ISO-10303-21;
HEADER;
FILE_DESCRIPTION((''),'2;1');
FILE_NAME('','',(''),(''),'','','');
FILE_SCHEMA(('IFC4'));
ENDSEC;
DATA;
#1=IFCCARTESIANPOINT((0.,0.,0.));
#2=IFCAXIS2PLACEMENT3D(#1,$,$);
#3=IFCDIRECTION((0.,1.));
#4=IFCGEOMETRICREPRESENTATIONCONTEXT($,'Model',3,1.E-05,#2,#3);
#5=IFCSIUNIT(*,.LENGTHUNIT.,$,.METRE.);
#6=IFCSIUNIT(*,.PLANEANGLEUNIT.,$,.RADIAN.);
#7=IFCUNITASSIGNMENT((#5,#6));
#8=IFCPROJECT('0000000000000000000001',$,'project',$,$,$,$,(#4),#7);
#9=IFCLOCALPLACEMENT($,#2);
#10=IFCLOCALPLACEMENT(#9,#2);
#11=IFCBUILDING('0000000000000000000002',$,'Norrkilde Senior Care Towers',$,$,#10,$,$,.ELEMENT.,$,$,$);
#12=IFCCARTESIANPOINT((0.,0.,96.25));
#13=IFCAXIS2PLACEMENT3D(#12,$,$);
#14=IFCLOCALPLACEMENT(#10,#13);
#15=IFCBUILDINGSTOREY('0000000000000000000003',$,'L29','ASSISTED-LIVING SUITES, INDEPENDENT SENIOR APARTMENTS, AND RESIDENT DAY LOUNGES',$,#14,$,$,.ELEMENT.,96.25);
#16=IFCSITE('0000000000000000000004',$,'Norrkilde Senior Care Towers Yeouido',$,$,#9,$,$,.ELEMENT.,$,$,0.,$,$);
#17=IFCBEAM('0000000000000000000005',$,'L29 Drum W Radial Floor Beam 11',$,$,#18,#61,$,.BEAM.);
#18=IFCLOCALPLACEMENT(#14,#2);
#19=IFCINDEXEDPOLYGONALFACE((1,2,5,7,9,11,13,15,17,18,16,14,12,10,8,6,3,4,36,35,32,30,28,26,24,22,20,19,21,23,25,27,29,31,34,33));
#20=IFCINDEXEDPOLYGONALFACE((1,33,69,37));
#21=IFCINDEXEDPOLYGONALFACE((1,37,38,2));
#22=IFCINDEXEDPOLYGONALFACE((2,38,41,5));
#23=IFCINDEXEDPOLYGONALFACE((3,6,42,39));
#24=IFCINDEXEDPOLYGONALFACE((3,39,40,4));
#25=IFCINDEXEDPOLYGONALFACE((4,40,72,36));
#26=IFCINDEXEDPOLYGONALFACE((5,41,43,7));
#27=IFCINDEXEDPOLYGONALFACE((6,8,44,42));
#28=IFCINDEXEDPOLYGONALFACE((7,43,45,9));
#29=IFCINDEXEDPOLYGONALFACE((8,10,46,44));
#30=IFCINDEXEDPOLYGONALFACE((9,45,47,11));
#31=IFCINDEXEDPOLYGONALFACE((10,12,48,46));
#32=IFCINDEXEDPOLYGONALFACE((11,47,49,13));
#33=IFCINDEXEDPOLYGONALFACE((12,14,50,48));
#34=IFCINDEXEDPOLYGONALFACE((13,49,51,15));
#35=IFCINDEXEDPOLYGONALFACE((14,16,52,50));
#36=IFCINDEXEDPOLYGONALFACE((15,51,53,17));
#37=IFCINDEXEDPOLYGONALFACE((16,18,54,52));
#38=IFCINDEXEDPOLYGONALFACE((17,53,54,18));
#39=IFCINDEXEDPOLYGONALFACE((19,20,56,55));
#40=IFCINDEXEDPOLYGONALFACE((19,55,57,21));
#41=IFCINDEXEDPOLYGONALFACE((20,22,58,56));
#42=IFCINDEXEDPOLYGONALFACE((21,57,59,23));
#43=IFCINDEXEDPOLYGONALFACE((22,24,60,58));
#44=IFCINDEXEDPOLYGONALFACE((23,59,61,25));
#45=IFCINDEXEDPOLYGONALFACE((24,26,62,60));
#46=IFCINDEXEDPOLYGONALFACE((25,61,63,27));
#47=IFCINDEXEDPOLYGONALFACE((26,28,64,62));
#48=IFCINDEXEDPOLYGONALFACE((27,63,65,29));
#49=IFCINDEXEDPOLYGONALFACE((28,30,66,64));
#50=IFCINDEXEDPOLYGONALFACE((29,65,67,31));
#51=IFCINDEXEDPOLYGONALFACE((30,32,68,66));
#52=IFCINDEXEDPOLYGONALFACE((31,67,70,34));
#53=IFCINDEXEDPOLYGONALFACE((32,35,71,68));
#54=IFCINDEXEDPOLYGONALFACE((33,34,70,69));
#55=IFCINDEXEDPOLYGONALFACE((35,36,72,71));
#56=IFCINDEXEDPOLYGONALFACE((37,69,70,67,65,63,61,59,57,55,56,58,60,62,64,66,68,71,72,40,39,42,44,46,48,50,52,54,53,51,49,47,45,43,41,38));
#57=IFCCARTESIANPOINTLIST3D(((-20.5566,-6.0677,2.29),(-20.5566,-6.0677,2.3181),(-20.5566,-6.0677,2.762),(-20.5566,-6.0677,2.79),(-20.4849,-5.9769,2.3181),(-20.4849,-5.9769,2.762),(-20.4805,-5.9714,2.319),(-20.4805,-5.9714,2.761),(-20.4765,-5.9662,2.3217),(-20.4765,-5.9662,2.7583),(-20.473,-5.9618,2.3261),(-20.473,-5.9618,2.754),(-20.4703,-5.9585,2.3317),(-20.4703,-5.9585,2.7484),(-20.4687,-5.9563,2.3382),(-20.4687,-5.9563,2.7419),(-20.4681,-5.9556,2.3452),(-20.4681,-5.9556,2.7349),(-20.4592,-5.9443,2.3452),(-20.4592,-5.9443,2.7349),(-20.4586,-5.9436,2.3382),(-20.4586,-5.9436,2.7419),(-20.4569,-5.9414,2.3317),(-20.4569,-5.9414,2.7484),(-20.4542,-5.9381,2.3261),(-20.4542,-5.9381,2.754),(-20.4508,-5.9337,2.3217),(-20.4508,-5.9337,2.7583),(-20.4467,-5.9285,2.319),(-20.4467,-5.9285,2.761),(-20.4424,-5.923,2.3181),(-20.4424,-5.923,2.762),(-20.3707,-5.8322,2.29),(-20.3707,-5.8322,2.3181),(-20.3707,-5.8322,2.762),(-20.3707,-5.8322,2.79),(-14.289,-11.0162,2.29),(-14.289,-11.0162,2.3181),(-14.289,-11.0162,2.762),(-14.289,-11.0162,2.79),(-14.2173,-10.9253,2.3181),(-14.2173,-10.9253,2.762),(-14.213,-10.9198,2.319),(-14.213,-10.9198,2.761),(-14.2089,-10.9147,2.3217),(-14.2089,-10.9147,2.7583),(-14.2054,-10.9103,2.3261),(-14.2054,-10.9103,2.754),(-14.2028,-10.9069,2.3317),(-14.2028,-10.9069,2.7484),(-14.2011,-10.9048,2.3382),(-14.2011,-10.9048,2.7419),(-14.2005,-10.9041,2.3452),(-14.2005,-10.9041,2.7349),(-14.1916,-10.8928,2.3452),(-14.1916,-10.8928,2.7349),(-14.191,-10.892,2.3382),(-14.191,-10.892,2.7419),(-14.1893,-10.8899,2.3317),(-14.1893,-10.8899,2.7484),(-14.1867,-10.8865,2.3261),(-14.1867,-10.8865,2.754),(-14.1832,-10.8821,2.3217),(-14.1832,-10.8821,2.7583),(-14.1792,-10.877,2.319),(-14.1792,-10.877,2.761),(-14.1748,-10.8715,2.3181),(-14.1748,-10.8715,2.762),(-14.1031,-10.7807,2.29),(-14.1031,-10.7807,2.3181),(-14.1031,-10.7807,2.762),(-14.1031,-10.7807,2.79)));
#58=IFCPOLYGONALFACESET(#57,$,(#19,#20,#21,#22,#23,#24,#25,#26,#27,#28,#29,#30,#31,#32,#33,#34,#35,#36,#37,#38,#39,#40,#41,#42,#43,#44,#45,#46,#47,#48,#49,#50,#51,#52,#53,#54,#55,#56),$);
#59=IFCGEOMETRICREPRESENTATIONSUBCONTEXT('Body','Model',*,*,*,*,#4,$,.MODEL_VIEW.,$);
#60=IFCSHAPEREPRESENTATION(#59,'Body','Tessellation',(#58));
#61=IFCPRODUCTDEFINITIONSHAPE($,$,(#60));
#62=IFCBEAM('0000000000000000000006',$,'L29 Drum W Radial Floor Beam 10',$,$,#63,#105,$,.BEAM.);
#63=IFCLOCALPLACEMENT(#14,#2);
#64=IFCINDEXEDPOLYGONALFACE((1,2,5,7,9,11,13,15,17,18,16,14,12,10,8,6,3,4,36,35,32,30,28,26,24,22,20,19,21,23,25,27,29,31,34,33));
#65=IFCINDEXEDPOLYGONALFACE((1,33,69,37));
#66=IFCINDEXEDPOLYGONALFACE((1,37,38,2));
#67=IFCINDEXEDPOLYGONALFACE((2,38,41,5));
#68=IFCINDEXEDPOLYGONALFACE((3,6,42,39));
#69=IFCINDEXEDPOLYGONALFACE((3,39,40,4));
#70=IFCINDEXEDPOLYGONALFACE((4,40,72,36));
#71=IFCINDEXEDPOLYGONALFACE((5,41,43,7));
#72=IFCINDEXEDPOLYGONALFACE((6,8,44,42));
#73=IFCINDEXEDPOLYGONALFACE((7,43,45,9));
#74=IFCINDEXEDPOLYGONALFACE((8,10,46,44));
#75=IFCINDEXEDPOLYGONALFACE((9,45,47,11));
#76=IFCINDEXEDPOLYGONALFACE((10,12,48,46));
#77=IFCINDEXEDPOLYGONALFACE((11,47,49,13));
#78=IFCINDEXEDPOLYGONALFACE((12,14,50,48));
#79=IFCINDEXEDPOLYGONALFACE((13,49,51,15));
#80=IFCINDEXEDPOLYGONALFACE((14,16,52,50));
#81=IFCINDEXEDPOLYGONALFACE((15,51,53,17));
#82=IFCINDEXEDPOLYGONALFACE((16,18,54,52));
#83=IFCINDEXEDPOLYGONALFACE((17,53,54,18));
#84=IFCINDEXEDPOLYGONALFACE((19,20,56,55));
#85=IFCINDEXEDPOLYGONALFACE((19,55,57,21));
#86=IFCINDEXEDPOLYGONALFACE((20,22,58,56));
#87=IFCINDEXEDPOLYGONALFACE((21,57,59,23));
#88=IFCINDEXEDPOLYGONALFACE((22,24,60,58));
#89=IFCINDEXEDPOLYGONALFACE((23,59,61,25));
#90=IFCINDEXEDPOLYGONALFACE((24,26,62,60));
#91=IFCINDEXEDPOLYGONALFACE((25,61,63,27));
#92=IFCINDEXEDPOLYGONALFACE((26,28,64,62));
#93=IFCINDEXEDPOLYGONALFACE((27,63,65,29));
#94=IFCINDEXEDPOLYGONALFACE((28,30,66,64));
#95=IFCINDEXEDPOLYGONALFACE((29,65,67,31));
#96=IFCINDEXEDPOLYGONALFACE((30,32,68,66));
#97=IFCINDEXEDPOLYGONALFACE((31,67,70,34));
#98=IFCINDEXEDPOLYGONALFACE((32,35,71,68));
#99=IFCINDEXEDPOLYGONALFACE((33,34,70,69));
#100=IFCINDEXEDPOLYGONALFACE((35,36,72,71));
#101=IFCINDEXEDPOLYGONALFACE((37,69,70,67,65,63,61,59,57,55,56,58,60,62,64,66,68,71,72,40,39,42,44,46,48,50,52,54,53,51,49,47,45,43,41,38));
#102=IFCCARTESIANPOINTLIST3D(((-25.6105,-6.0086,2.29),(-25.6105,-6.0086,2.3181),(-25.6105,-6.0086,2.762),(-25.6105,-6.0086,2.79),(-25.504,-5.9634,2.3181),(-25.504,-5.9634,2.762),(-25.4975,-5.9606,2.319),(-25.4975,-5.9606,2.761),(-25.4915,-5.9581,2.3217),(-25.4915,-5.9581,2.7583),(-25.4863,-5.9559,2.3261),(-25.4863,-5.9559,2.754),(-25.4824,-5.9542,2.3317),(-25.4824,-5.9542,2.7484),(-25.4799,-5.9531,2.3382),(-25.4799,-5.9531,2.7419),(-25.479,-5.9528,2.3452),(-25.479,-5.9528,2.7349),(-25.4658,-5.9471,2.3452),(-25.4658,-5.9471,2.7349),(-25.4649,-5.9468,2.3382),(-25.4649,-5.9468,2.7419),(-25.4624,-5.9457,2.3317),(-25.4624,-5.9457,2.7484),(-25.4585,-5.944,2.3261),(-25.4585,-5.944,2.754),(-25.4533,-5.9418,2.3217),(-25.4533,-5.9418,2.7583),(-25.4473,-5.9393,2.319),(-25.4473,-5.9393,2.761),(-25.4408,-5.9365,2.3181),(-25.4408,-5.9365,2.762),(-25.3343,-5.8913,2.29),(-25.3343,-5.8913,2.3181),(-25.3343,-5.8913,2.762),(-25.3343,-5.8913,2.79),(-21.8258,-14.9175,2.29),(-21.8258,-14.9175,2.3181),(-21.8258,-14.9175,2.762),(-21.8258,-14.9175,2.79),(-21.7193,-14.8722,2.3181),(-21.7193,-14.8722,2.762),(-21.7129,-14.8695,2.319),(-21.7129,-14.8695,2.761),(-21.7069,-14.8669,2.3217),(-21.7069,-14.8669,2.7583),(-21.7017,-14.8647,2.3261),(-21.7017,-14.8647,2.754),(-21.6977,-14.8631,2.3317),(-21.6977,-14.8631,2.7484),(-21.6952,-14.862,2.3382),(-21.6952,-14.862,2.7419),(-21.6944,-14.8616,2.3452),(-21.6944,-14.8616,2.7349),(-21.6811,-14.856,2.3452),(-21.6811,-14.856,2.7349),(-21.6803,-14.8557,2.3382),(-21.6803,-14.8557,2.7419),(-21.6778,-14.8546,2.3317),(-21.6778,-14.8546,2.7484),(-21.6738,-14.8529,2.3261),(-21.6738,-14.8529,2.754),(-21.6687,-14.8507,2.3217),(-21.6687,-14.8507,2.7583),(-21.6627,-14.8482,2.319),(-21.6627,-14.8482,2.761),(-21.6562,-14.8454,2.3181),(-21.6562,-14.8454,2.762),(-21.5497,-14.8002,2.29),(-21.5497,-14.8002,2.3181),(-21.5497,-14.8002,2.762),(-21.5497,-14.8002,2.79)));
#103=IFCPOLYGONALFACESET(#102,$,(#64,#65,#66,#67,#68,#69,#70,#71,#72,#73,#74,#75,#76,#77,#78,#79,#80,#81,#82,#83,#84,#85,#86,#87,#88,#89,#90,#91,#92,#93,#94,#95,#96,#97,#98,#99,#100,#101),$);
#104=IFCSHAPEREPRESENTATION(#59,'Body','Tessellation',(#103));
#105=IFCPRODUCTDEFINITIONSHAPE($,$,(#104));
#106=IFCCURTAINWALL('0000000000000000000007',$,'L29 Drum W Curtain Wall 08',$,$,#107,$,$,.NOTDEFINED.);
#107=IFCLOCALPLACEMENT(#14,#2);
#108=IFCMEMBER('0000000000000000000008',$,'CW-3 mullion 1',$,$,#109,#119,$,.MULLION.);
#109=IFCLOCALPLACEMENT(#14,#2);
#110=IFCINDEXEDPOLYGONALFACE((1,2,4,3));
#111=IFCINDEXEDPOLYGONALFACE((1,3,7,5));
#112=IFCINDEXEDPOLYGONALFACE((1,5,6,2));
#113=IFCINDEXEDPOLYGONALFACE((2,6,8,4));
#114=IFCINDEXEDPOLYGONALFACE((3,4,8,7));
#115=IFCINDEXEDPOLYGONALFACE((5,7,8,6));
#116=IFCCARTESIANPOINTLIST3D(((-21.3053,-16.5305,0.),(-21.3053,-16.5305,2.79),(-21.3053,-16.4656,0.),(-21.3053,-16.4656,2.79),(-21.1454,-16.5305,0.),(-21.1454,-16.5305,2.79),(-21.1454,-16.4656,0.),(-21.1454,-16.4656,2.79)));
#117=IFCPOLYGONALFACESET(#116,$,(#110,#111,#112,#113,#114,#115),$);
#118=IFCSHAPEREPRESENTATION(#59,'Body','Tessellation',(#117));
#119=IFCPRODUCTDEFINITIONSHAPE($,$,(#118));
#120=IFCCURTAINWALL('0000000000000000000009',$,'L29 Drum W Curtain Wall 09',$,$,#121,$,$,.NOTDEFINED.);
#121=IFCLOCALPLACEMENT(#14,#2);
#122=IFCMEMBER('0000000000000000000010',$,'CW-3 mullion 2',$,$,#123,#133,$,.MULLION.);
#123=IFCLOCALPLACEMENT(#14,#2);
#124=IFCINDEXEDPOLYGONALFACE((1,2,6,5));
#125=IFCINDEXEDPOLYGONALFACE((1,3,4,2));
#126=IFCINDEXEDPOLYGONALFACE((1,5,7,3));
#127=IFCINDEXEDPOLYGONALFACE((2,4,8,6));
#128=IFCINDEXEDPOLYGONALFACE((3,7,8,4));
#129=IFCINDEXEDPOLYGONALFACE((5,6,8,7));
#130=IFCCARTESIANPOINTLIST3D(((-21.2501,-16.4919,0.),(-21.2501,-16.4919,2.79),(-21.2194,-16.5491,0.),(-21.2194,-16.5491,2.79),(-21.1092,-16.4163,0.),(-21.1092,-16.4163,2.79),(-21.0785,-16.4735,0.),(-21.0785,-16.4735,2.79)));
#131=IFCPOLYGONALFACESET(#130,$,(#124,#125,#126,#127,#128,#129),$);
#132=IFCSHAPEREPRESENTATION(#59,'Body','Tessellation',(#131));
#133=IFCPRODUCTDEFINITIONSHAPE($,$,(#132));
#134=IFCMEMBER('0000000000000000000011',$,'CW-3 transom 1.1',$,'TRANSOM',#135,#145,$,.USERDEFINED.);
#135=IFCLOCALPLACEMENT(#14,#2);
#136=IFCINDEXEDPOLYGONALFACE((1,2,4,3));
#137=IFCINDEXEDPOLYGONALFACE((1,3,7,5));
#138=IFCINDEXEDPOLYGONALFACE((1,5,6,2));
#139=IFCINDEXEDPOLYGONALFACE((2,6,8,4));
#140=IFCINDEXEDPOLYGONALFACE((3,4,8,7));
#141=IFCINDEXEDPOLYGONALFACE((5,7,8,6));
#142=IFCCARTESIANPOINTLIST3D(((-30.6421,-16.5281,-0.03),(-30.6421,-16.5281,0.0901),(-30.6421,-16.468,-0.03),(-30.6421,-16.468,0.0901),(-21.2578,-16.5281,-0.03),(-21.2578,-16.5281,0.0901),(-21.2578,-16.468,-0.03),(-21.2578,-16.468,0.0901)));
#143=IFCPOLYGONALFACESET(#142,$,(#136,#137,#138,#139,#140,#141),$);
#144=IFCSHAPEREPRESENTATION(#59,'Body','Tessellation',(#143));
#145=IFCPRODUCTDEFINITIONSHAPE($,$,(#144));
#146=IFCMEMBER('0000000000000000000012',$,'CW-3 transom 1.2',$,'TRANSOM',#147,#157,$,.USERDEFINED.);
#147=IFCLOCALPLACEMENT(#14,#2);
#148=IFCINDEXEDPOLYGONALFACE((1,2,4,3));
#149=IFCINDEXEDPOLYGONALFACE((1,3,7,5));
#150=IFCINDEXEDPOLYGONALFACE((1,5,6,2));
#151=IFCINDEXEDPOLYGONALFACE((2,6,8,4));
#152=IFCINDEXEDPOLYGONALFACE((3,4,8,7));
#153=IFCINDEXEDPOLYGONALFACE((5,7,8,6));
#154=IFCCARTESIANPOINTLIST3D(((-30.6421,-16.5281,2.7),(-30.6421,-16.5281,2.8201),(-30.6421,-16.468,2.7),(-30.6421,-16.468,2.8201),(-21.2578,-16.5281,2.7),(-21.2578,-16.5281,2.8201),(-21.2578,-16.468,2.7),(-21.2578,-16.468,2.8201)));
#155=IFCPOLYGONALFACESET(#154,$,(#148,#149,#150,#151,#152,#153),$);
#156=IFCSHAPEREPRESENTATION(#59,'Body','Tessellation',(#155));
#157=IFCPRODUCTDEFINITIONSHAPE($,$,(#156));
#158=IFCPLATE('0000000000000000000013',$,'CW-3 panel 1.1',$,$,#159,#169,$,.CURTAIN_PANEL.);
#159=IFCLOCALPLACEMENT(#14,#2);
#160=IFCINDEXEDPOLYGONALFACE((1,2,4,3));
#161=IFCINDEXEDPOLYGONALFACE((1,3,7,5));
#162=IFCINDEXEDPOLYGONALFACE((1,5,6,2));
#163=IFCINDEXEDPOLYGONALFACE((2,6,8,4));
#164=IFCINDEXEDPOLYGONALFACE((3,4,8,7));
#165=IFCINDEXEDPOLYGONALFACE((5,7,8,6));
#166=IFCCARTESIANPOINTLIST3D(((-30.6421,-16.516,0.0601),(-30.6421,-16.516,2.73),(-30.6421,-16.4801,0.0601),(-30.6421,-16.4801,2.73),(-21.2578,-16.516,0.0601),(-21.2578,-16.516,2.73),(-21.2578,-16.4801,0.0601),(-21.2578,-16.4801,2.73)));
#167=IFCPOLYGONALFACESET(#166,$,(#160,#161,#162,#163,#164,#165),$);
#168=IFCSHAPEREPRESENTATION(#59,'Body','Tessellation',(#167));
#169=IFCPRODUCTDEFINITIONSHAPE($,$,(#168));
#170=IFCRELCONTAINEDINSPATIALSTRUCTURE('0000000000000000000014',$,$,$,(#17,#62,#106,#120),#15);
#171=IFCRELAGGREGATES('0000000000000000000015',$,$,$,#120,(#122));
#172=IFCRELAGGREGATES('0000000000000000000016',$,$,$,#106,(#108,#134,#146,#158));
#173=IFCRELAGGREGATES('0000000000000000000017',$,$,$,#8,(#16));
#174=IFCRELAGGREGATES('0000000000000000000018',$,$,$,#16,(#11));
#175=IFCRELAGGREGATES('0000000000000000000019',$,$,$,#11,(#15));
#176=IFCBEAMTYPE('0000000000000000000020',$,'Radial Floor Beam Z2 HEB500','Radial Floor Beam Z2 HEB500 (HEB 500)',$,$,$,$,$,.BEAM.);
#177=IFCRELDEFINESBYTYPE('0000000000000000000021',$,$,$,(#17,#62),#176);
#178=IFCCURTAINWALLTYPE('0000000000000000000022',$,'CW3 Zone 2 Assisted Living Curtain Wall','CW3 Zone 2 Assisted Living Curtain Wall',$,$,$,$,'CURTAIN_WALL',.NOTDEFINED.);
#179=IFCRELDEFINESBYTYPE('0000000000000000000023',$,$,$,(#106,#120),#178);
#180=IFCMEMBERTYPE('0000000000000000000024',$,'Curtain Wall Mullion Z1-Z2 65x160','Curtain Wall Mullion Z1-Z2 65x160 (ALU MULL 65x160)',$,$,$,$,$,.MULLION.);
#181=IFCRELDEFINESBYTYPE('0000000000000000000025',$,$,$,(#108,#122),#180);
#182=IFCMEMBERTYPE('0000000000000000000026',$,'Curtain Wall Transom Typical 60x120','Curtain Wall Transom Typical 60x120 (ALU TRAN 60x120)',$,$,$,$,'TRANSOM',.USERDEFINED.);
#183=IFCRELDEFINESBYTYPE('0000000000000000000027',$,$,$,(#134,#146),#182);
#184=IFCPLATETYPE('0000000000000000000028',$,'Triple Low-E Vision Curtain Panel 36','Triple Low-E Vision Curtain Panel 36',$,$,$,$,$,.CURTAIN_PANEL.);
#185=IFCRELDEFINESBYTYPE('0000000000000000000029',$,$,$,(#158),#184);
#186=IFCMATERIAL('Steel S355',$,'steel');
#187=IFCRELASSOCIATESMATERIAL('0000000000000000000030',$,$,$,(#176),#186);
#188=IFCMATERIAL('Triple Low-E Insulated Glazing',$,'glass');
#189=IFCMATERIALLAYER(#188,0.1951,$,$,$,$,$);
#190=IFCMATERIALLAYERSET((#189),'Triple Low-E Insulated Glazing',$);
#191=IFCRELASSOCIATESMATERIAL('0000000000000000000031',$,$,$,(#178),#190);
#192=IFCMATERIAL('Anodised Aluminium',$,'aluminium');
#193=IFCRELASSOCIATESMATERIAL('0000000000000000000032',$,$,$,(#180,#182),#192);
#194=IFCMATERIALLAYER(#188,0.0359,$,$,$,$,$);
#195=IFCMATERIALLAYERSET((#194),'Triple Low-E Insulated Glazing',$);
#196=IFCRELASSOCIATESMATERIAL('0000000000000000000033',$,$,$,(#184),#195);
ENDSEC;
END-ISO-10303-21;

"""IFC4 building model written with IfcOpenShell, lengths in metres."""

from ifc_helpers import new_model, si_unit, direction, frame, origin, origin_2d, place, context, subcontext, project, spatial, rectangle, i_section, extrude, source, transform, mapped, material, layer, layer_set, material_profile, profile_set, type_object, type_shapes, element, aggregate, save


model = new_model("IFC4")

# Units and contexts
model_context = context("Model", 3, precision=1e-05, world=origin(), true_north=direction((0.0, 1.0)))
body_context = subcontext(model_context, "Body", "Model", "MODEL_VIEW")
ifc_project = project(units=[si_unit("LENGTHUNIT", "METRE"), si_unit("PLANEANGLEUNIT", "RADIAN")], contexts=[model_context])

# Site, building, storey
site_placement = place(None, origin())
site = spatial("IfcSite", under=ifc_project, at=site_placement, Name="Norrkilde Senior Care Towers Yeouido", CompositionType="ELEMENT", RefElevation=0.0)
building_placement = place(site_placement, origin())
building = spatial("IfcBuilding", under=site, at=building_placement, Name="Norrkilde Senior Care Towers", CompositionType="ELEMENT")
storey_placement = place(building_placement, frame((0.0, 0.0, 96.25)))
storey = spatial("IfcBuildingStorey", under=building, at=storey_placement, Name="L29", Description="ASSISTED-LIVING SUITES, INDEPENDENT SENIOR APARTMENTS, AND RESIDENT DAY LOUNGES", CompositionType="ELEMENT", Elevation=96.25)

# Beams
ifc_material_1 = material(Name="Steel S355", Category="steel")
ifc_material_profile_1 = material_profile(ifc_material_1, i_section(OverallWidth=0.3, OverallDepth=0.5, WebThickness=0.0144, FlangeThickness=0.0281, FilletRadius=0.0271, at=origin_2d()), Name="HEB 500")
ifc_profile_set_1 = profile_set([ifc_material_profile_1], Name="Steel S355")
beam_type_1 = type_object("IfcBeamType", Name="Radial Floor Beam Z2 HEB500", Description="Radial Floor Beam Z2 HEB500 (HEB 500)", PredefinedType="BEAM", material=ifc_profile_set_1)
shared_shape_1 = source(origin(), body_context, "Body", "SweptSolid", [
    extrude(i_section(OverallWidth=0.3, OverallDepth=0.5, WebThickness=0.0144, FlangeThickness=0.0281, FilletRadius=0.0271, at=origin_2d()), origin(), (0.0, 0.0, 1.0), 7.9856),
])
beam_1_placement = place(storey_placement, frame((-20.4636, -5.95, 2.54), z_axis=(0.784859, -0.619675, 0.0), x_axis=(0.619675, 0.784859, 0.0)))
element("IfcBeam", 1, at=beam_1_placement, inside=storey, type_object=beam_type_1, Name="L29 Drum W Radial Floor Beam 11", PredefinedType="BEAM", context=body_context, shape_type="MappedRepresentation", body=[
    mapped(shared_shape_1, transform((0.0, 0.0, 0.0), x_axis=(1.0, 0.0, 0.0), y_axis=(0.0, 1.0, 0.0), z_axis=(0.0, 0.0, 1.0), scale=1.0)),
])
shared_shape_2 = source(origin(), body_context, "Body", "SweptSolid", [
    extrude(i_section(OverallWidth=0.3, OverallDepth=0.5, WebThickness=0.0144, FlangeThickness=0.0281, FilletRadius=0.0271, at=origin_2d()), origin(), (0.0, 0.0, 1.0), 9.6794),
])
beam_2_placement = place(storey_placement, frame((-25.4724, -5.95, 2.54), z_axis=(0.390998, -0.920392, 0.0), x_axis=(0.920392, 0.390998, 0.0)))
element("IfcBeam", 2, at=beam_2_placement, inside=storey, type_object=beam_type_1, Name="L29 Drum W Radial Floor Beam 10", PredefinedType="BEAM", context=body_context, shape_type="MappedRepresentation", body=[
    mapped(shared_shape_2, transform((0.0, 0.0, 0.0), x_axis=(1.0, 0.0, 0.0), y_axis=(0.0, 1.0, 0.0), z_axis=(0.0, 0.0, 1.0), scale=1.0)),
])

# Curtain walls, members
ifc_material_2 = material(Name="Triple Low-E Insulated Glazing", Category="glass")
ifc_layer_1 = layer(ifc_material_2, 0.1951)
ifc_layer_set_1 = layer_set([ifc_layer_1], Name="Triple Low-E Insulated Glazing")
curtain_wall_type = type_object("IfcCurtainWallType", Name="CW3 Zone 2 Assisted Living Curtain Wall", Description="CW3 Zone 2 Assisted Living Curtain Wall", ElementType="CURTAIN_WALL", PredefinedType="NOTDEFINED", material=ifc_layer_set_1)
curtain_wall_1_placement = place(storey_placement, origin())
curtain_wall_1 = element("IfcCurtainWall", 3, at=curtain_wall_1_placement, inside=storey, type_object=curtain_wall_type, Name="L29 Drum W Curtain Wall 08", PredefinedType="NOTDEFINED")
ifc_material_3 = material(Name="Anodised Aluminium", Category="aluminium")
ifc_material_profile_2 = material_profile(ifc_material_3, rectangle(XDim=0.0649, YDim=0.1599, at=origin_2d()), Name="ALU MULL 65x160")
ifc_profile_set_2 = profile_set([ifc_material_profile_2], Name="Anodised Aluminium")
member_type_1 = type_object("IfcMemberType", Name="Curtain Wall Mullion Z1-Z2 65x160", Description="Curtain Wall Mullion Z1-Z2 65x160 (ALU MULL 65x160)", PredefinedType="MULLION", material=ifc_profile_set_2)
shared_shape_3 = source(origin(), body_context, "Body", "SweptSolid", [
    extrude(rectangle(XDim=0.0649, YDim=0.1599, at=origin_2d()), origin(), (0.0, 0.0, 1.0), 2.79),
])
type_shapes(member_type_1, [shared_shape_3])
member_1_placement = place(storey_placement, frame((-21.2253, -16.498, 0.0), z_axis=(0.0, 0.0, 1.0), x_axis=(0.0, -1.0, 0.0)))
member_1 = element("IfcMember", 4, at=member_1_placement, type_object=member_type_1, Name="CW-3 mullion 1", PredefinedType="MULLION", context=body_context, shape_type="MappedRepresentation", body=[
    mapped(shared_shape_3, transform((0.0, 0.0, 0.0), x_axis=(1.0, 0.0, 0.0), y_axis=(0.0, 1.0, 0.0), z_axis=(0.0, 0.0, 1.0), scale=1.0)),
])
curtain_wall_2_placement = place(storey_placement, origin())
curtain_wall_2 = element("IfcCurtainWall", 5, at=curtain_wall_2_placement, inside=storey, type_object=curtain_wall_type, Name="L29 Drum W Curtain Wall 09", PredefinedType="NOTDEFINED")
member_2_placement = place(storey_placement, frame((-21.1643, -16.4827, 0.0), z_axis=(0.0, 0.0, 1.0), x_axis=(0.472769, -0.881186, 0.0)))
member_2 = element("IfcMember", 6, at=member_2_placement, type_object=member_type_1, Name="CW-3 mullion 2", PredefinedType="MULLION", context=body_context, shape_type="MappedRepresentation", body=[
    mapped(shared_shape_3, transform((0.0, 0.0, 0.0), x_axis=(1.0, 0.0, 0.0), y_axis=(0.0, 1.0, 0.0), z_axis=(0.0, 0.0, 1.0), scale=1.0)),
])
aggregate(curtain_wall_2, [member_2])

# Members
ifc_material_profile_3 = material_profile(ifc_material_3, rectangle(XDim=0.0601, YDim=0.1201, at=origin_2d()), Name="ALU TRAN 60x120")
ifc_profile_set_3 = profile_set([ifc_material_profile_3], Name="Anodised Aluminium")
member_type_2 = type_object("IfcMemberType", Name="Curtain Wall Transom Typical 60x120", Description="Curtain Wall Transom Typical 60x120 (ALU TRAN 60x120)", ElementType="TRANSOM", PredefinedType="USERDEFINED", material=ifc_profile_set_3)
shared_shape_4 = source(origin(), body_context, "Body", "SweptSolid", [
    extrude(rectangle(XDim=0.0601, YDim=0.1201, at=origin_2d()), origin(), (0.0, 0.0, 1.0), 9.3843),
])
type_shapes(member_type_2, [shared_shape_4])
member_3_placement = place(storey_placement, frame((-21.2578, -16.498, 0.03), z_axis=(-1.0, 0.0, 0.0), x_axis=(0.0, -1.0, 0.0)))
member_3 = element("IfcMember", 7, at=member_3_placement, type_object=member_type_2, Name="CW-3 transom 1.1", ObjectType="TRANSOM", PredefinedType="USERDEFINED", context=body_context, shape_type="MappedRepresentation", body=[
    mapped(shared_shape_4, transform((0.0, 0.0, 0.0), x_axis=(1.0, 0.0, 0.0), y_axis=(0.0, 1.0, 0.0), z_axis=(0.0, 0.0, 1.0), scale=1.0)),
])
member_4_placement = place(storey_placement, frame((-21.2578, -16.498, 2.76), z_axis=(-1.0, 0.0, 0.0), x_axis=(0.0, -1.0, 0.0)))
member_4 = element("IfcMember", 8, at=member_4_placement, type_object=member_type_2, Name="CW-3 transom 1.2", ObjectType="TRANSOM", PredefinedType="USERDEFINED", context=body_context, shape_type="MappedRepresentation", body=[
    mapped(shared_shape_4, transform((0.0, 0.0, 0.0), x_axis=(1.0, 0.0, 0.0), y_axis=(0.0, 1.0, 0.0), z_axis=(0.0, 0.0, 1.0), scale=1.0)),
])

# Plate
ifc_layer_2 = layer(ifc_material_2, 0.0359)
ifc_layer_set_2 = layer_set([ifc_layer_2], Name="Triple Low-E Insulated Glazing")
plate_type = type_object("IfcPlateType", Name="Triple Low-E Vision Curtain Panel 36", Description="Triple Low-E Vision Curtain Panel 36", PredefinedType="CURTAIN_PANEL", material=ifc_layer_set_2)
shared_shape_5 = source(origin(), body_context, "Body", "SweptSolid", [
    extrude(rectangle(XDim=9.3843, YDim=0.0359, at=origin_2d()), origin(), (0.0, 0.0, 1.0), 2.6699),
])
type_shapes(plate_type, [shared_shape_5])
plate_placement = place(storey_placement, frame((-25.95, -16.498, 0.0601), z_axis=(0.0, 0.0, 1.0), x_axis=(-1.0, 0.0, 0.0)))
plate = element("IfcPlate", 9, at=plate_placement, type_object=plate_type, Name="CW-3 panel 1.1", PredefinedType="CURTAIN_PANEL", context=body_context, shape_type="MappedRepresentation", body=[
    mapped(shared_shape_5, transform((0.0, 0.0, 0.0), x_axis=(1.0, 0.0, 0.0), y_axis=(0.0, 1.0, 0.0), z_axis=(0.0, 0.0, 1.0), scale=1.0)),
])
aggregate(curtain_wall_1, [member_1, member_3, member_4, plate])

save(model, "model.ifc")
